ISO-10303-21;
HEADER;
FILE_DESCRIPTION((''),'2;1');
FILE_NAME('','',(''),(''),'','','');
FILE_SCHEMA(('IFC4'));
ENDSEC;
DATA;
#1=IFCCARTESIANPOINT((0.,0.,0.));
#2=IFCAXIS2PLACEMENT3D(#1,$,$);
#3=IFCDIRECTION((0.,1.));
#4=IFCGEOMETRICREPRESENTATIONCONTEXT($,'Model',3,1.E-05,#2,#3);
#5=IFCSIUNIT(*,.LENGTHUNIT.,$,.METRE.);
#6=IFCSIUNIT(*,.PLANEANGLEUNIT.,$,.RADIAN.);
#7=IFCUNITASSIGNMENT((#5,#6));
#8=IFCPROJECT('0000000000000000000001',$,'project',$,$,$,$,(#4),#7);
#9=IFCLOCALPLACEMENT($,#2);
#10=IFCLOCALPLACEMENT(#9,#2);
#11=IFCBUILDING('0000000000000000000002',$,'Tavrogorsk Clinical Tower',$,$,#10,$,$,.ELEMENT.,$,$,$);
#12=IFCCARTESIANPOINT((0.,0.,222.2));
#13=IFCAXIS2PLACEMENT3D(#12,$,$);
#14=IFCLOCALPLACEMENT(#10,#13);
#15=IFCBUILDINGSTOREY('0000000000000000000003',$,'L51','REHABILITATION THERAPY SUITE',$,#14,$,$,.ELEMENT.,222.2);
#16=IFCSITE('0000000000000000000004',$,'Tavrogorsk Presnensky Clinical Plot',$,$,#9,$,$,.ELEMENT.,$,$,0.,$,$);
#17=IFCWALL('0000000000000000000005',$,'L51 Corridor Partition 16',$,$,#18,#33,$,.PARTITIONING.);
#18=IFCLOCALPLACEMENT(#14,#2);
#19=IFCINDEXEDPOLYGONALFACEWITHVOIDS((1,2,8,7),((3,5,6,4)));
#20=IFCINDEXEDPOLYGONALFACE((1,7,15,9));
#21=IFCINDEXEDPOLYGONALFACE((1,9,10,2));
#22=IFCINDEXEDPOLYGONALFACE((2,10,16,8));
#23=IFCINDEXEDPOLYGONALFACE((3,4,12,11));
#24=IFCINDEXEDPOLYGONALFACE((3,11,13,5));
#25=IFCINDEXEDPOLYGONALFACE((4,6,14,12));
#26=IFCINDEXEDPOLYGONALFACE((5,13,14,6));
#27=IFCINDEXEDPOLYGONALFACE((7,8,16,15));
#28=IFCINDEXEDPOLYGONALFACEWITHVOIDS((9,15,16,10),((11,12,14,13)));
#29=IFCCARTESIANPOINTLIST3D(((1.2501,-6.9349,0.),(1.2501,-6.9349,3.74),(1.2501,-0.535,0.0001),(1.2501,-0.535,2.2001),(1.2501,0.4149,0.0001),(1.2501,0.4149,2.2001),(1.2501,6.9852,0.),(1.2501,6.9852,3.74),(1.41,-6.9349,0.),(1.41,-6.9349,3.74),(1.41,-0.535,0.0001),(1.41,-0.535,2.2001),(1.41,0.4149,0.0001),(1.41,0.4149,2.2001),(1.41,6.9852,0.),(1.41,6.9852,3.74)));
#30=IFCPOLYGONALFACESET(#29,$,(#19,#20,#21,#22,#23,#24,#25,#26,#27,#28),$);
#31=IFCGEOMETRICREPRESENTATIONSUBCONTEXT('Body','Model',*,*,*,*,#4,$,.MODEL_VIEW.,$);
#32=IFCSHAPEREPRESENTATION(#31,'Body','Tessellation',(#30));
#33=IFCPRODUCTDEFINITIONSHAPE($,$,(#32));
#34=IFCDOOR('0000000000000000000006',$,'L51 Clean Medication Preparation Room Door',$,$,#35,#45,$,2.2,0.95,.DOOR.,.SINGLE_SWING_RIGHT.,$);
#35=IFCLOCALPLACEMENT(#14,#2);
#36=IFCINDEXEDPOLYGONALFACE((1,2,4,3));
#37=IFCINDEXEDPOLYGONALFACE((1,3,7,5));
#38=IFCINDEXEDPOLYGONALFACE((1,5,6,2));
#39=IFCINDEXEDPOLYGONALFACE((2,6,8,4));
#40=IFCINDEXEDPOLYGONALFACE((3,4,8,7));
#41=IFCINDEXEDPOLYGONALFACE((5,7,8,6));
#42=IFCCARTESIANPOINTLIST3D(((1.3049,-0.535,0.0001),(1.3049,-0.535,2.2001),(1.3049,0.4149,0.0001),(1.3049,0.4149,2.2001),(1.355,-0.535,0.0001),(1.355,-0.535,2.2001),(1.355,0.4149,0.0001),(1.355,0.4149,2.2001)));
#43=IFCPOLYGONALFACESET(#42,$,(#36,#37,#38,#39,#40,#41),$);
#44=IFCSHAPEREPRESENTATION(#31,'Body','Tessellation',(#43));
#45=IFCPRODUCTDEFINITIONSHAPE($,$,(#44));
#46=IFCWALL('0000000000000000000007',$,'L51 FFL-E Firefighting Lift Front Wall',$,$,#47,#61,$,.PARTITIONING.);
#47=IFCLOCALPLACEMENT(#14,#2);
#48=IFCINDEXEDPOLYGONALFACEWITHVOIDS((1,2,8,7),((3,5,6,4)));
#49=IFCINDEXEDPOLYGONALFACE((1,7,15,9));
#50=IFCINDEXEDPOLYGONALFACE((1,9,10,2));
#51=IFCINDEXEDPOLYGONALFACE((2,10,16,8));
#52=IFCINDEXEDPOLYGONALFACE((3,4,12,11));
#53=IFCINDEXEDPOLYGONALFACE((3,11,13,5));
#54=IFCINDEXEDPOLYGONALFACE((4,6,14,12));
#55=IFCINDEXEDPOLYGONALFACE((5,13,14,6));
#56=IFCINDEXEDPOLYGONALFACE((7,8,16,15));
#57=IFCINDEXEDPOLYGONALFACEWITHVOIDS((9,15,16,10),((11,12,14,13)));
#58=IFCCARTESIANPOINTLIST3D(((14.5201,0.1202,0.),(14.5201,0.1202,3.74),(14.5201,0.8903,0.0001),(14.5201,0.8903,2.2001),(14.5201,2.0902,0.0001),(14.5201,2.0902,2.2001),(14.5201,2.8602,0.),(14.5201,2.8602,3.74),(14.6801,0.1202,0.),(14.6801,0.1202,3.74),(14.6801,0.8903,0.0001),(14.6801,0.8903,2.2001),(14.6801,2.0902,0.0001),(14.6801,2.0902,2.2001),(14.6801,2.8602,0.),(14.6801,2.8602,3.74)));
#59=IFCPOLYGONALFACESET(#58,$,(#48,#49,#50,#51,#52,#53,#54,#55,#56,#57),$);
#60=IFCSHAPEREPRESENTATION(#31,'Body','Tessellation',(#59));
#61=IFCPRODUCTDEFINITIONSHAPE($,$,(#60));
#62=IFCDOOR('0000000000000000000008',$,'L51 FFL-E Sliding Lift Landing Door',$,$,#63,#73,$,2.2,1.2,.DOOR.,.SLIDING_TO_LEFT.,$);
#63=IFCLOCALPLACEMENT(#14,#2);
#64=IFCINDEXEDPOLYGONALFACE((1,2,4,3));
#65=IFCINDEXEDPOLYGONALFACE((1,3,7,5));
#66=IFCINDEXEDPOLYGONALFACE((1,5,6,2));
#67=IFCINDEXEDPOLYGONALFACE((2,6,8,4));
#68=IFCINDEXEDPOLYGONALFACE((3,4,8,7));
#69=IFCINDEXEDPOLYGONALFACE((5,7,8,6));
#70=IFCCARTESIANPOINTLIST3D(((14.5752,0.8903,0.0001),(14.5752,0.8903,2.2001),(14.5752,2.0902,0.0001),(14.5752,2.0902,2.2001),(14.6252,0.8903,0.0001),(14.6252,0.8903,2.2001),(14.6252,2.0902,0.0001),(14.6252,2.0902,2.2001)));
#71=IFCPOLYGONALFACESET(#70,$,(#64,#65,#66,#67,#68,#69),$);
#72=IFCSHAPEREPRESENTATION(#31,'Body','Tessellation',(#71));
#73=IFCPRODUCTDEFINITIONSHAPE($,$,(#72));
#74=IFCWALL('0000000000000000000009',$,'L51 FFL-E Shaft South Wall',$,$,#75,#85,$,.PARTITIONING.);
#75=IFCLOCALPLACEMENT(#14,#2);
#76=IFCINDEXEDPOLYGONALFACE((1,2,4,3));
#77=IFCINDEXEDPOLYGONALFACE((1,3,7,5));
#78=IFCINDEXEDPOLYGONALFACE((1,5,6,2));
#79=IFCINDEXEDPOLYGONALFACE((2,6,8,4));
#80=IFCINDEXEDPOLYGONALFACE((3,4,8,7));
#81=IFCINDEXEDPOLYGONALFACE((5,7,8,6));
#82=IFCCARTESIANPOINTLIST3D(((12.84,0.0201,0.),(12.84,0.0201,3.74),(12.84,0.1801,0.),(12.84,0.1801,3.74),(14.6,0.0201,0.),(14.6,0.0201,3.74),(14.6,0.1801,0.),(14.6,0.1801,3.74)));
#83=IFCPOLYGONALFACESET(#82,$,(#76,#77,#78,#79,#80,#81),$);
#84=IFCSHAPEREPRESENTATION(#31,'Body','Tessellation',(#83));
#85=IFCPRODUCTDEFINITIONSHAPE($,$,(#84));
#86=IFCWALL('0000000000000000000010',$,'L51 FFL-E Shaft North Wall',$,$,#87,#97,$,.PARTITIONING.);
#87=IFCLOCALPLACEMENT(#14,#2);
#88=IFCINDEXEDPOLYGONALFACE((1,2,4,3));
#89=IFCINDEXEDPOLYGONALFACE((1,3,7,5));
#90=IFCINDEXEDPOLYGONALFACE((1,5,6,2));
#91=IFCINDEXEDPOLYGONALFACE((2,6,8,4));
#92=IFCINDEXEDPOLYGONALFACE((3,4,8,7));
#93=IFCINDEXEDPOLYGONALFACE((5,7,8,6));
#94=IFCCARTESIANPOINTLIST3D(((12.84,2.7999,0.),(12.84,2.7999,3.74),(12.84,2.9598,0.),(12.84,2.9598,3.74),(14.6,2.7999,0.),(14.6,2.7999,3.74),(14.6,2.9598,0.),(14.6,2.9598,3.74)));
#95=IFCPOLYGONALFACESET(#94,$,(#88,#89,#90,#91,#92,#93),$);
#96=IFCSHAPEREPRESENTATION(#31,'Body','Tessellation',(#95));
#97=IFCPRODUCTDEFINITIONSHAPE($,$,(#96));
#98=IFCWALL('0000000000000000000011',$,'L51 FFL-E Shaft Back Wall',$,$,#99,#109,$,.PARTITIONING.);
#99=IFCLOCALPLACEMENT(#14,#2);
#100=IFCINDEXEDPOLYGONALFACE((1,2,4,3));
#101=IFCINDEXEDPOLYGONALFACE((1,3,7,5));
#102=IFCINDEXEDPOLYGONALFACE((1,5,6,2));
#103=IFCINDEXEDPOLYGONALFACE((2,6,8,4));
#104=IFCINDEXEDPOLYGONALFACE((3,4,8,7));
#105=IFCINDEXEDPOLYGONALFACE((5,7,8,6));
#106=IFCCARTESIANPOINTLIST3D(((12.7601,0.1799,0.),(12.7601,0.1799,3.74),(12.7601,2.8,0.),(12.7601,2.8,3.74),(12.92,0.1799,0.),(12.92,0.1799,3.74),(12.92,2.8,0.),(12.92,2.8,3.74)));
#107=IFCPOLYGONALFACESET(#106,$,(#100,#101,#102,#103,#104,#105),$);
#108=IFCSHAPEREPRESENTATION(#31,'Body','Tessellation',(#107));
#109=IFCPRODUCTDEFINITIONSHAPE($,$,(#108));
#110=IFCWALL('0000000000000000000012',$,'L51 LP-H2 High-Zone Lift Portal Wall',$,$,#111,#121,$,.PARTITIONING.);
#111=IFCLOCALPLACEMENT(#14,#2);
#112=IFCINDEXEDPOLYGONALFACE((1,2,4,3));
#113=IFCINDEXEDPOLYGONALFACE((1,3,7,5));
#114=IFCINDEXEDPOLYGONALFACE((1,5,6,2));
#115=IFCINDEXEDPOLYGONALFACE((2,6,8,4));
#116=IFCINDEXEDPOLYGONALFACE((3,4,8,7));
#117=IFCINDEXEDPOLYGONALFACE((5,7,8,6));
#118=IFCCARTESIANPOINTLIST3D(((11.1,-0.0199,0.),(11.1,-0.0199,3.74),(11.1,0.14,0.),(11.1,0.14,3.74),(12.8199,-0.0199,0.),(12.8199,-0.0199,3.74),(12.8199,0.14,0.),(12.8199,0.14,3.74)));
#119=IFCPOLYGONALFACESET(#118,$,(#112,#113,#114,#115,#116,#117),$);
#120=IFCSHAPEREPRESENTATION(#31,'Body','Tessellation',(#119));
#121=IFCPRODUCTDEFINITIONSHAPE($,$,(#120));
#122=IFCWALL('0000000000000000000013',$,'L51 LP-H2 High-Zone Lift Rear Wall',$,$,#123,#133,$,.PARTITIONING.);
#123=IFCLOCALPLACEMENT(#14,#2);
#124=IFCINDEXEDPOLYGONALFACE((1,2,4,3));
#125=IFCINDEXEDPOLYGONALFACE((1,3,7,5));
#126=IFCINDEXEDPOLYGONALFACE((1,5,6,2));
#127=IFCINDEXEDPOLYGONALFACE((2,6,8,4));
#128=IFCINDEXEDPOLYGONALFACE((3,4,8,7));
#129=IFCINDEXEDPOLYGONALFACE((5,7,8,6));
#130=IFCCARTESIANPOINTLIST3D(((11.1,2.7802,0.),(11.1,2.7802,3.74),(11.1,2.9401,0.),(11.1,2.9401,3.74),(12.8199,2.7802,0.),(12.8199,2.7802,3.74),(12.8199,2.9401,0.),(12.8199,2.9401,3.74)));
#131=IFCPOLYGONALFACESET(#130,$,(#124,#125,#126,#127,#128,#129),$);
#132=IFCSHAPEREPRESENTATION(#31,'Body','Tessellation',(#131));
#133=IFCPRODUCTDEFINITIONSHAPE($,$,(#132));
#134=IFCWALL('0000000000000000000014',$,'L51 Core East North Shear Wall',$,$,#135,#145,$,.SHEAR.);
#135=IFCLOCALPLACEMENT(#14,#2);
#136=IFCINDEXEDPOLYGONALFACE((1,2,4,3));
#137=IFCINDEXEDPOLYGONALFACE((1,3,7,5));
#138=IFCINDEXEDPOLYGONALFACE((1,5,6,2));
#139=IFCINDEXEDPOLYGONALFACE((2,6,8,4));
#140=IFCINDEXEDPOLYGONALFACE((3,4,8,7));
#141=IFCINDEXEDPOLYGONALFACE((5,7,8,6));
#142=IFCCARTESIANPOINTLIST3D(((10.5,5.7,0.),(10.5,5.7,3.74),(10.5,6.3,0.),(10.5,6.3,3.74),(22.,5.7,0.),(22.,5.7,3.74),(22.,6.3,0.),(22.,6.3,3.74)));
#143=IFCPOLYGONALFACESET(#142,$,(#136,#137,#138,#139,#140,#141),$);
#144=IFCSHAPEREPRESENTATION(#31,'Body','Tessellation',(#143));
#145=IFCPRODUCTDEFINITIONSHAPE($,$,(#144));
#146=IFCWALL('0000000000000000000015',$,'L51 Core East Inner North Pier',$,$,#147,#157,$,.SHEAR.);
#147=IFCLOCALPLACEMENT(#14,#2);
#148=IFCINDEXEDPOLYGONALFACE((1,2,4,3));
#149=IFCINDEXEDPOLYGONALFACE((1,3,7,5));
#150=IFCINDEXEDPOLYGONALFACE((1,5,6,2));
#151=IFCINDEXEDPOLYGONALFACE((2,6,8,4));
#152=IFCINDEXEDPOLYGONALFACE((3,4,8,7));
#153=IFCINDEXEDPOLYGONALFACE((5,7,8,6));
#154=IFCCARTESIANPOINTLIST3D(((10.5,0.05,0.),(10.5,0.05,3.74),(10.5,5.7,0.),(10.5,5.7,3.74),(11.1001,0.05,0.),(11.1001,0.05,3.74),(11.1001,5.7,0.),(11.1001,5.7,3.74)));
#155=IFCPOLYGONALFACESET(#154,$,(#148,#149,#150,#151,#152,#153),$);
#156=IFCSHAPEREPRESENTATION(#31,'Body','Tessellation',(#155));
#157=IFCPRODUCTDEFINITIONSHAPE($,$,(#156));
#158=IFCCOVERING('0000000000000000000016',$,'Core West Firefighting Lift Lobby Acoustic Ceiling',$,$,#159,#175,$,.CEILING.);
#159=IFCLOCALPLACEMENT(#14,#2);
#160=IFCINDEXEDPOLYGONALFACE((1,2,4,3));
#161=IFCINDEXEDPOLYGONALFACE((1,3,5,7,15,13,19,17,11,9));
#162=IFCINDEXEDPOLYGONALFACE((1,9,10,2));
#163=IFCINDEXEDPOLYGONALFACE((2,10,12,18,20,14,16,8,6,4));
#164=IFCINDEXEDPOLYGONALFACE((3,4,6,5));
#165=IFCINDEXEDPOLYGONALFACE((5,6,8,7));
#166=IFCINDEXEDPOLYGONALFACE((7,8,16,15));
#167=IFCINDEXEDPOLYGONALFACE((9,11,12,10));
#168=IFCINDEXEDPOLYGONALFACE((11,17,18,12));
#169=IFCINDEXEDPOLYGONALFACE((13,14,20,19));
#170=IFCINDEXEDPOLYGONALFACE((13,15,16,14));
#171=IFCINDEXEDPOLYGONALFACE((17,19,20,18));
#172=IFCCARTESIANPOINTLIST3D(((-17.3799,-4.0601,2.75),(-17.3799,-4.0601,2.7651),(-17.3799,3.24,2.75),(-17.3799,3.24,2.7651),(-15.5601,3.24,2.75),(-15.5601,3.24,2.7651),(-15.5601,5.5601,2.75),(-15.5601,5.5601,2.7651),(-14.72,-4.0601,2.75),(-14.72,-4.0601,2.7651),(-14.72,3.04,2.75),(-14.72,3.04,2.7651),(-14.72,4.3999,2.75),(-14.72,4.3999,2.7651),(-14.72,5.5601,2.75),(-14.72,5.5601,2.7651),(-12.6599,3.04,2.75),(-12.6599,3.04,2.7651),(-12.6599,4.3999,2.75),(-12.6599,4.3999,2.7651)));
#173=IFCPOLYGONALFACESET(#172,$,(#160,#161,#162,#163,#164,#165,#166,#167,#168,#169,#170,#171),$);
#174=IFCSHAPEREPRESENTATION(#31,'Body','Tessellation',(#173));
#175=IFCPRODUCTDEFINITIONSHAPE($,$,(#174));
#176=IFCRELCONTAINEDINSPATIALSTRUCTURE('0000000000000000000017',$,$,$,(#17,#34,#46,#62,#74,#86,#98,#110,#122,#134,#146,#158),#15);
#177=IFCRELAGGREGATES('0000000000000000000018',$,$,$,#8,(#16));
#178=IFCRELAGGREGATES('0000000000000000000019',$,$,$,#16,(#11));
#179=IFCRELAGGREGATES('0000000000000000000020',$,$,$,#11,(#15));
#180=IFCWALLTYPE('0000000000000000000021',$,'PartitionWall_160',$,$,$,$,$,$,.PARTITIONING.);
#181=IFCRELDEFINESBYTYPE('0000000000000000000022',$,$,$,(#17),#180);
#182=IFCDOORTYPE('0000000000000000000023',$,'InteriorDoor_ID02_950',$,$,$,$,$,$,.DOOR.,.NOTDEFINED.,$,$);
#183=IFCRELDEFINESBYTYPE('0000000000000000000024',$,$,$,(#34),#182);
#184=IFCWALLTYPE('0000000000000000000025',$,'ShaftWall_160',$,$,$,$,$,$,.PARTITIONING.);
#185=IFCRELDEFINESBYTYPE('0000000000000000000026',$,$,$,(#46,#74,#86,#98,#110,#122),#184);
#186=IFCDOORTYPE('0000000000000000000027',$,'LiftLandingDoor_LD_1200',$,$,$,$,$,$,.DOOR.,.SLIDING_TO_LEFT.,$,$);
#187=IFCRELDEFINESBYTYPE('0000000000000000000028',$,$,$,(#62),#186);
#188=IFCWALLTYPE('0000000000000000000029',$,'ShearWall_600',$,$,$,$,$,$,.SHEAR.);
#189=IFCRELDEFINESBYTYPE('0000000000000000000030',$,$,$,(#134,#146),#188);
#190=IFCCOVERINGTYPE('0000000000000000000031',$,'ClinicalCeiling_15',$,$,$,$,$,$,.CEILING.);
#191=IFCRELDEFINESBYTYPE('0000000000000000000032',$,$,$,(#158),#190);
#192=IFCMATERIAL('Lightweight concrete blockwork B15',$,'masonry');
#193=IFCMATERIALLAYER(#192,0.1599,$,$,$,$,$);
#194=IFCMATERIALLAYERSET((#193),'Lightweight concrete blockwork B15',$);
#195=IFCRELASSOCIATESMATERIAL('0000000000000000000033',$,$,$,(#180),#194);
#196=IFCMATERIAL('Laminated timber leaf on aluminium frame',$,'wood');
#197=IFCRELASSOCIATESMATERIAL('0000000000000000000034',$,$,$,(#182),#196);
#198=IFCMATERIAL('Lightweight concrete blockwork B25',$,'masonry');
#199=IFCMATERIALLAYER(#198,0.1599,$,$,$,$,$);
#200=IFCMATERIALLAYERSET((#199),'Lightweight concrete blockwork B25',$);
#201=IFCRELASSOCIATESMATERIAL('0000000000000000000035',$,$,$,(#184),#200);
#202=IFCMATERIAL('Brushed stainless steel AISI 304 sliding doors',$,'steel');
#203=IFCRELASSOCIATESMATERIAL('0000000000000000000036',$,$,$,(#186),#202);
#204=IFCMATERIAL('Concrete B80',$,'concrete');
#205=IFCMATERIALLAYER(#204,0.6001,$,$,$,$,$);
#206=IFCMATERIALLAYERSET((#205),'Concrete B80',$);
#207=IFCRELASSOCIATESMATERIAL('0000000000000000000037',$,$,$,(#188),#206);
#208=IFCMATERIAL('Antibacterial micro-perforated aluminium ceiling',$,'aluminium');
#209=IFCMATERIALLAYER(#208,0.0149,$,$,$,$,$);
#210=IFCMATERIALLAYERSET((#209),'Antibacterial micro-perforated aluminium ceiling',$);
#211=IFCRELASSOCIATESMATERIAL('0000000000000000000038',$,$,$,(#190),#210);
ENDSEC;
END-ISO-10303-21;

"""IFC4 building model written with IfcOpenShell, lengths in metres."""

from ifc_helpers import new_model, si_unit, direction, frame, frame_2d, origin, place, context, subcontext, project, spatial, polyline, rectangle, outline, extrude, material, layer, layer_set, type_object, element, fill, save


model = new_model("IFC4")

# Units and contexts
model_context = context("Model", 3, precision=1e-05, world=origin(), true_north=direction((0.0, 1.0)))
body_context = subcontext(model_context, "Body", "Model", "MODEL_VIEW")
ifc_project = project(units=[si_unit("LENGTHUNIT", "METRE"), si_unit("PLANEANGLEUNIT", "RADIAN")], contexts=[model_context])

# Site, building, storey
site_placement = place(None, origin())
site = spatial("IfcSite", under=ifc_project, at=site_placement, Name="Tavrogorsk Presnensky Clinical Plot", CompositionType="ELEMENT", RefElevation=0.0)
building_placement = place(site_placement, origin())
building = spatial("IfcBuilding", under=site, at=building_placement, Name="Tavrogorsk Clinical Tower", CompositionType="ELEMENT")
storey_placement = place(building_placement, frame((0.0, 0.0, 222.2)))
storey = spatial("IfcBuildingStorey", under=building, at=storey_placement, Name="L51", Description="REHABILITATION THERAPY SUITE", CompositionType="ELEMENT", Elevation=222.2)

# Shared definitions
ifc_material_1 = material(Name="Lightweight concrete blockwork B15", Category="masonry")
ifc_layer_1 = layer(ifc_material_1, 0.1599)
ifc_layer_set_1 = layer_set([ifc_layer_1], Name="Lightweight concrete blockwork B15")
wall_type_1 = type_object("IfcWallType", Name="PartitionWall_160", PredefinedType="PARTITIONING", material=ifc_layer_set_1)
ifc_material_2 = material(Name="Laminated timber leaf on aluminium frame", Category="wood")
door_type_1 = type_object("IfcDoorType", Name="InteriorDoor_ID02_950", OperationType="NOTDEFINED", PredefinedType="DOOR", material=ifc_material_2)

# Walls, openings, doors
wall_1_placement = place(storey_placement, frame((1.3301, 6.9851, 0.0), z_axis=(0.0, 0.0, 1.0), x_axis=(0.0, -1.0, 0.0)))
wall_1 = element("IfcWall", 1, at=wall_1_placement, inside=storey, type_object=wall_type_1, Name="L51 Corridor Partition 16", PredefinedType="PARTITIONING", context=body_context, shape_type="SweptSolid", body=[
    extrude(rectangle(XDim=13.9202, YDim=0.1599, at=frame_2d((6.96, 0.0))), origin(), (0.0, 0.0, 1.0), 3.74),
])
opening_1_placement = place(wall_1_placement, frame((6.5701, 0.0, 0.0)))
opening_1 = element("IfcOpeningElement", 2, at=opening_1_placement, cuts=wall_1, PredefinedType="OPENING", context=body_context, shape_type="SweptSolid", body=[
    extrude(rectangle(XDim=0.95, YDim=2.2, at=frame_2d((0.4751, 1.1001))), frame((0.0, 0.0898, 0.0), z_axis=(0.0, -1.0, 0.0), x_axis=(1.0, 0.0, 0.0)), (0.0, 0.0, 1.0), 0.1799),
])
door_1_placement = place(opening_1_placement, origin())
door_1 = element("IfcDoor", 3, at=door_1_placement, inside=storey, type_object=door_type_1, Name="L51 Clean Medication Preparation Room Door", OperationType="SINGLE_SWING_RIGHT", OverallHeight=2.2, OverallWidth=0.95, PredefinedType="DOOR", context=body_context, shape_type="SweptSolid", body=[
    extrude(rectangle(XDim=0.95, YDim=2.2, at=frame_2d((0.4751, 1.1001))), frame((0.0, 0.0249, 0.0), z_axis=(0.0, -1.0, 0.0), x_axis=(1.0, 0.0, 0.0)), (0.0, 0.0, 1.0), 0.05),
])
fill(opening_1, door_1)
ifc_material_3 = material(Name="Lightweight concrete blockwork B25", Category="masonry")
ifc_layer_2 = layer(ifc_material_3, 0.1599)
ifc_layer_set_2 = layer_set([ifc_layer_2], Name="Lightweight concrete blockwork B25")
wall_type_2 = type_object("IfcWallType", Name="ShaftWall_160", PredefinedType="PARTITIONING", material=ifc_layer_set_2)
wall_2_placement = place(storey_placement, frame((14.6001, 0.1201, 0.0), z_axis=(0.0, 0.0, 1.0), x_axis=(0.0, 1.0, 0.0)))
wall_2 = element("IfcWall", 4, at=wall_2_placement, inside=storey, type_object=wall_type_2, Name="L51 FFL-E Firefighting Lift Front Wall", PredefinedType="PARTITIONING", context=body_context, shape_type="SweptSolid", body=[
    extrude(rectangle(XDim=2.74, YDim=0.1599, at=frame_2d((1.3701, 0.0))), origin(), (0.0, 0.0, 1.0), 3.74),
])
opening_2_placement = place(wall_2_placement, frame((0.77, 0.0, 0.0)))
opening_2 = element("IfcOpeningElement", 5, at=opening_2_placement, cuts=wall_2, PredefinedType="OPENING", context=body_context, shape_type="SweptSolid", body=[
    extrude(rectangle(XDim=1.2, YDim=2.2, at=frame_2d((0.6001, 1.1001))), frame((0.0, 0.0898, 0.0), z_axis=(0.0, -1.0, 0.0), x_axis=(1.0, 0.0, 0.0)), (0.0, 0.0, 1.0), 0.1799),
])
ifc_material_4 = material(Name="Brushed stainless steel AISI 304 sliding doors", Category="steel")
door_type_2 = type_object("IfcDoorType", Name="LiftLandingDoor_LD_1200", OperationType="SLIDING_TO_LEFT", PredefinedType="DOOR", material=ifc_material_4)
door_2_placement = place(opening_2_placement, origin())
door_2 = element("IfcDoor", 6, at=door_2_placement, inside=storey, type_object=door_type_2, Name="L51 FFL-E Sliding Lift Landing Door", OperationType="SLIDING_TO_LEFT", OverallHeight=2.2, OverallWidth=1.2, PredefinedType="DOOR", context=body_context, shape_type="SweptSolid", body=[
    extrude(rectangle(XDim=1.2, YDim=2.2, at=frame_2d((0.6001, 1.1001))), frame((0.0, 0.0249, 0.0), z_axis=(0.0, -1.0, 0.0), x_axis=(1.0, 0.0, 0.0)), (0.0, 0.0, 1.0), 0.05),
])
fill(opening_2, door_2)

# Walls
for number, where, z_axis, x_axis, name in (
    (7, (12.8401, 0.1001, 0.0), (0.0, 0.0, 1.0), (1.0, 0.0, 0.0), "L51 FFL-E Shaft South Wall"),
    (8, (12.8401, 2.8799, 0.0), (0.0, 0.0, 1.0), (1.0, 0.0, 0.0), "L51 FFL-E Shaft North Wall"),
):
    element("IfcWall", number, at=place(storey_placement, frame(where, z_axis=z_axis, x_axis=x_axis)), inside=storey, type_object=wall_type_2, Name=name, PredefinedType="PARTITIONING", context=body_context, shape_type="SweptSolid", body=[
        extrude(rectangle(XDim=1.76, YDim=0.1599, at=frame_2d((0.8799, 0.0))), origin(), (0.0, 0.0, 1.0), 3.74),
    ])
wall_3_placement = place(storey_placement, frame((12.8401, 0.1799, 0.0), z_axis=(0.0, 0.0, 1.0), x_axis=(0.0, 1.0, 0.0)))
element("IfcWall", 9, at=wall_3_placement, inside=storey, type_object=wall_type_2, Name="L51 FFL-E Shaft Back Wall", PredefinedType="PARTITIONING", context=body_context, shape_type="SweptSolid", body=[
    extrude(rectangle(XDim=2.6201, YDim=0.1599, at=frame_2d((1.3101, 0.0))), origin(), (0.0, 0.0, 1.0), 3.74),
])
for number, where, z_axis, x_axis, name in (
    (10, (11.1001, 0.0601, 0.0), (0.0, 0.0, 1.0), (1.0, 0.0, 0.0), "L51 LP-H2 High-Zone Lift Portal Wall"),
    (11, (11.1001, 2.8601, 0.0), (0.0, 0.0, 1.0), (1.0, 0.0, 0.0), "L51 LP-H2 High-Zone Lift Rear Wall"),
):
    element("IfcWall", number, at=place(storey_placement, frame(where, z_axis=z_axis, x_axis=x_axis)), inside=storey, type_object=wall_type_2, Name=name, PredefinedType="PARTITIONING", context=body_context, shape_type="SweptSolid", body=[
        extrude(rectangle(XDim=1.72, YDim=0.1599, at=frame_2d((0.8599, 0.0))), origin(), (0.0, 0.0, 1.0), 3.74),
    ])
ifc_material_5 = material(Name="Concrete B80", Category="concrete")
ifc_layer_3 = layer(ifc_material_5, 0.6001)
ifc_layer_set_3 = layer_set([ifc_layer_3], Name="Concrete B80")
wall_type_3 = type_object("IfcWallType", Name="ShearWall_600", PredefinedType="SHEAR", material=ifc_layer_set_3)
wall_4_placement = place(storey_placement, frame((10.5, 6.0, 0.0), z_axis=(0.0, 0.0, 1.0), x_axis=(1.0, 0.0, 0.0)))
element("IfcWall", 12, at=wall_4_placement, inside=storey, type_object=wall_type_3, Name="L51 Core East North Shear Wall", PredefinedType="SHEAR", context=body_context, shape_type="SweptSolid", body=[
    extrude(rectangle(XDim=11.5, YDim=0.6001, at=frame_2d((5.75, 0.0))), origin(), (0.0, 0.0, 1.0), 3.74),
])
wall_5_placement = place(storey_placement, frame((10.8, 0.05, 0.0), z_axis=(0.0, 0.0, 1.0), x_axis=(0.0, 1.0, 0.0)))
element("IfcWall", 13, at=wall_5_placement, inside=storey, type_object=wall_type_3, Name="L51 Core East Inner North Pier", PredefinedType="SHEAR", context=body_context, shape_type="SweptSolid", body=[
    extrude(rectangle(XDim=5.6499, YDim=0.6001, at=frame_2d((2.825, 0.0))), origin(), (0.0, 0.0, 1.0), 3.74),
])

# Covering
ifc_material_6 = material(Name="Antibacterial micro-perforated aluminium ceiling", Category="aluminium")
ifc_layer_4 = layer(ifc_material_6, 0.0149)
ifc_layer_set_4 = layer_set([ifc_layer_4], Name="Antibacterial micro-perforated aluminium ceiling")
covering_type_1 = type_object("IfcCoveringType", Name="ClinicalCeiling_15", PredefinedType="CEILING", material=ifc_layer_set_4)
covering_1_placement = place(storey_placement, frame((0.0, 0.0, 2.75)))
element("IfcCovering", 14, at=covering_1_placement, inside=storey, type_object=covering_type_1, Name="Core West Firefighting Lift Lobby Acoustic Ceiling", PredefinedType="CEILING", context=body_context, shape_type="SweptSolid", body=[
    extrude(outline(polyline([(-17.3799, -4.0601), (-17.3799, 3.24), (-15.5601, 3.24), (-15.5601, 5.5601), (-14.72, 5.5601), (-14.72, 4.3999), (-12.6599, 4.3999), (-12.6599, 3.04), (-14.72, 3.04), (-14.72, -4.0601), (-17.3799, -4.0601)])), origin(), (0.0, 0.0, 1.0), 0.0151),
])

save(model, "model.ifc")
